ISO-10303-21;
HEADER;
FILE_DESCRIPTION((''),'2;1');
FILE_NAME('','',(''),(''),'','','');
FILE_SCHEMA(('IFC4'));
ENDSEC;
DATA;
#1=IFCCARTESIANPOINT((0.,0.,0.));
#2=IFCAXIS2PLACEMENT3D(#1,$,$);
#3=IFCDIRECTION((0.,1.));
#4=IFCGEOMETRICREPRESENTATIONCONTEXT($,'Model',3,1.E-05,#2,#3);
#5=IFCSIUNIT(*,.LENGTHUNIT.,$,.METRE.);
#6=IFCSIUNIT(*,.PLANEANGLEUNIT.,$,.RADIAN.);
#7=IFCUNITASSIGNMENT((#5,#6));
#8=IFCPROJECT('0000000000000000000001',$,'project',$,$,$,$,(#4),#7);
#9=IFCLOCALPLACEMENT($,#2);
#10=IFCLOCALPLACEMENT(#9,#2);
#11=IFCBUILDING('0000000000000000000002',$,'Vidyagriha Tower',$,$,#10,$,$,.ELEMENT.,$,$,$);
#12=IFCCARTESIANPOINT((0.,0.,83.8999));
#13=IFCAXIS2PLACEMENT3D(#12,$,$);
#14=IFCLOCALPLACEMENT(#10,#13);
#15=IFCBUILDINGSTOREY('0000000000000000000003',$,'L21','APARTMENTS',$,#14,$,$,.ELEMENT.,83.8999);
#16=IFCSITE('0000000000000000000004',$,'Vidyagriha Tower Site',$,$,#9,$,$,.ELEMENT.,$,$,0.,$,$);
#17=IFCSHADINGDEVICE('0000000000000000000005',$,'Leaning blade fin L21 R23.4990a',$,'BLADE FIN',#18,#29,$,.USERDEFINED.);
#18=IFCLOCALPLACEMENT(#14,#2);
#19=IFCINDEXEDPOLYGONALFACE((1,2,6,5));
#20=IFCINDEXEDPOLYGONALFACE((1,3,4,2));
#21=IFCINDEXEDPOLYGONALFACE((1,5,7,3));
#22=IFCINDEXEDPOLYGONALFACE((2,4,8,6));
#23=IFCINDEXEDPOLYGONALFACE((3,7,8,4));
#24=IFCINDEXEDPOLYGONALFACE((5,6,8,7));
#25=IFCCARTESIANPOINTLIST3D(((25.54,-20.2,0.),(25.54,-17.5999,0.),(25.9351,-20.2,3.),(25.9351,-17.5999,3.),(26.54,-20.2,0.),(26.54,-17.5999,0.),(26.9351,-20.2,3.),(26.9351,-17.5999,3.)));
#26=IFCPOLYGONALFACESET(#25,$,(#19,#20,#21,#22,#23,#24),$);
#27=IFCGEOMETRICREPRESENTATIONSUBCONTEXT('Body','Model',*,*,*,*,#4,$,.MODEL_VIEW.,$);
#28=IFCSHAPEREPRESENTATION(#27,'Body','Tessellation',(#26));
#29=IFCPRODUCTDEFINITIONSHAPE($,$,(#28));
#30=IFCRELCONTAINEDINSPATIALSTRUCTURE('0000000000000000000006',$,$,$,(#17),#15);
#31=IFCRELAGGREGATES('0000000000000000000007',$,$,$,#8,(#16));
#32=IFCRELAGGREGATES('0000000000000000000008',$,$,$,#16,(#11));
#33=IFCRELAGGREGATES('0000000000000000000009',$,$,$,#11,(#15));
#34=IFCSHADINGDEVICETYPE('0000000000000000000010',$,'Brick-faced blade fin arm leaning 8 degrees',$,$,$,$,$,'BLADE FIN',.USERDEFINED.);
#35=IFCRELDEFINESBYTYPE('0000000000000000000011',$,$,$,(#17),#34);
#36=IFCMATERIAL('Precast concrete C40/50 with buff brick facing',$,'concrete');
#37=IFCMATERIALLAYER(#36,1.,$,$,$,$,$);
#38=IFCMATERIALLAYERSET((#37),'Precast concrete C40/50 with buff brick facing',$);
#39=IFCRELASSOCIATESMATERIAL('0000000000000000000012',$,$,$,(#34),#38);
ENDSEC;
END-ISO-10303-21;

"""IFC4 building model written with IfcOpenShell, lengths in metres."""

from ifc_helpers import new_model, si_unit, direction, frame, origin, place, context, subcontext, project, spatial, polyline, outline, extrude, material, layer, layer_set, type_object, element, save


model = new_model("IFC4")

# Units and contexts
model_context = context("Model", 3, precision=1e-05, world=origin(), true_north=direction((0.0, 1.0)))
body_context = subcontext(model_context, "Body", "Model", "MODEL_VIEW")
ifc_project = project(units=[si_unit("LENGTHUNIT", "METRE"), si_unit("PLANEANGLEUNIT", "RADIAN")], contexts=[model_context])

# Site, building, storey
site_placement = place(None, origin())
site = spatial("IfcSite", under=ifc_project, at=site_placement, Name="Vidyagriha Tower Site", CompositionType="ELEMENT", RefElevation=0.0)
building_placement = place(site_placement, origin())
building = spatial("IfcBuilding", under=site, at=building_placement, Name="Vidyagriha Tower", CompositionType="ELEMENT")
storey_placement = place(building_placement, frame((0.0, 0.0, 83.8999)))
storey = spatial("IfcBuildingStorey", under=building, at=storey_placement, Name="L21", Description="APARTMENTS", CompositionType="ELEMENT", Elevation=83.8999)

# Shading device
ifc_material_1 = material(Name="Precast concrete C40/50 with buff brick facing", Category="concrete")
ifc_layer_1 = layer(ifc_material_1, 1.0)
ifc_layer_set_1 = layer_set([ifc_layer_1], Name="Precast concrete C40/50 with buff brick facing")
shading_device_type = type_object("IfcShadingDeviceType", Name="Brick-faced blade fin arm leaning 8 degrees", ElementType="BLADE FIN", PredefinedType="USERDEFINED", material=ifc_layer_set_1)
shading_device_1_placement = place(storey_placement, frame((25.54, -18.8999, 0.0)))
element("IfcShadingDevice", 1, at=shading_device_1_placement, inside=storey, type_object=shading_device_type, Name="Leaning blade fin L21 R23.4990a", ObjectType="BLADE FIN", PredefinedType="USERDEFINED", context=body_context, shape_type="SweptSolid", body=[
    extrude(outline(polyline([(0.0, 0.0), (1.0, 0.0), (1.395, 3.0), (0.395, 3.0), (0.0, 0.0)])), frame((0.0, 1.3, 0.0), z_axis=(0.0, -1.0, 0.0), x_axis=(1.0, 0.0, 0.0)), (0.0, 0.0, 1.0), 2.6001),
])

save(model, "model.ifc")
